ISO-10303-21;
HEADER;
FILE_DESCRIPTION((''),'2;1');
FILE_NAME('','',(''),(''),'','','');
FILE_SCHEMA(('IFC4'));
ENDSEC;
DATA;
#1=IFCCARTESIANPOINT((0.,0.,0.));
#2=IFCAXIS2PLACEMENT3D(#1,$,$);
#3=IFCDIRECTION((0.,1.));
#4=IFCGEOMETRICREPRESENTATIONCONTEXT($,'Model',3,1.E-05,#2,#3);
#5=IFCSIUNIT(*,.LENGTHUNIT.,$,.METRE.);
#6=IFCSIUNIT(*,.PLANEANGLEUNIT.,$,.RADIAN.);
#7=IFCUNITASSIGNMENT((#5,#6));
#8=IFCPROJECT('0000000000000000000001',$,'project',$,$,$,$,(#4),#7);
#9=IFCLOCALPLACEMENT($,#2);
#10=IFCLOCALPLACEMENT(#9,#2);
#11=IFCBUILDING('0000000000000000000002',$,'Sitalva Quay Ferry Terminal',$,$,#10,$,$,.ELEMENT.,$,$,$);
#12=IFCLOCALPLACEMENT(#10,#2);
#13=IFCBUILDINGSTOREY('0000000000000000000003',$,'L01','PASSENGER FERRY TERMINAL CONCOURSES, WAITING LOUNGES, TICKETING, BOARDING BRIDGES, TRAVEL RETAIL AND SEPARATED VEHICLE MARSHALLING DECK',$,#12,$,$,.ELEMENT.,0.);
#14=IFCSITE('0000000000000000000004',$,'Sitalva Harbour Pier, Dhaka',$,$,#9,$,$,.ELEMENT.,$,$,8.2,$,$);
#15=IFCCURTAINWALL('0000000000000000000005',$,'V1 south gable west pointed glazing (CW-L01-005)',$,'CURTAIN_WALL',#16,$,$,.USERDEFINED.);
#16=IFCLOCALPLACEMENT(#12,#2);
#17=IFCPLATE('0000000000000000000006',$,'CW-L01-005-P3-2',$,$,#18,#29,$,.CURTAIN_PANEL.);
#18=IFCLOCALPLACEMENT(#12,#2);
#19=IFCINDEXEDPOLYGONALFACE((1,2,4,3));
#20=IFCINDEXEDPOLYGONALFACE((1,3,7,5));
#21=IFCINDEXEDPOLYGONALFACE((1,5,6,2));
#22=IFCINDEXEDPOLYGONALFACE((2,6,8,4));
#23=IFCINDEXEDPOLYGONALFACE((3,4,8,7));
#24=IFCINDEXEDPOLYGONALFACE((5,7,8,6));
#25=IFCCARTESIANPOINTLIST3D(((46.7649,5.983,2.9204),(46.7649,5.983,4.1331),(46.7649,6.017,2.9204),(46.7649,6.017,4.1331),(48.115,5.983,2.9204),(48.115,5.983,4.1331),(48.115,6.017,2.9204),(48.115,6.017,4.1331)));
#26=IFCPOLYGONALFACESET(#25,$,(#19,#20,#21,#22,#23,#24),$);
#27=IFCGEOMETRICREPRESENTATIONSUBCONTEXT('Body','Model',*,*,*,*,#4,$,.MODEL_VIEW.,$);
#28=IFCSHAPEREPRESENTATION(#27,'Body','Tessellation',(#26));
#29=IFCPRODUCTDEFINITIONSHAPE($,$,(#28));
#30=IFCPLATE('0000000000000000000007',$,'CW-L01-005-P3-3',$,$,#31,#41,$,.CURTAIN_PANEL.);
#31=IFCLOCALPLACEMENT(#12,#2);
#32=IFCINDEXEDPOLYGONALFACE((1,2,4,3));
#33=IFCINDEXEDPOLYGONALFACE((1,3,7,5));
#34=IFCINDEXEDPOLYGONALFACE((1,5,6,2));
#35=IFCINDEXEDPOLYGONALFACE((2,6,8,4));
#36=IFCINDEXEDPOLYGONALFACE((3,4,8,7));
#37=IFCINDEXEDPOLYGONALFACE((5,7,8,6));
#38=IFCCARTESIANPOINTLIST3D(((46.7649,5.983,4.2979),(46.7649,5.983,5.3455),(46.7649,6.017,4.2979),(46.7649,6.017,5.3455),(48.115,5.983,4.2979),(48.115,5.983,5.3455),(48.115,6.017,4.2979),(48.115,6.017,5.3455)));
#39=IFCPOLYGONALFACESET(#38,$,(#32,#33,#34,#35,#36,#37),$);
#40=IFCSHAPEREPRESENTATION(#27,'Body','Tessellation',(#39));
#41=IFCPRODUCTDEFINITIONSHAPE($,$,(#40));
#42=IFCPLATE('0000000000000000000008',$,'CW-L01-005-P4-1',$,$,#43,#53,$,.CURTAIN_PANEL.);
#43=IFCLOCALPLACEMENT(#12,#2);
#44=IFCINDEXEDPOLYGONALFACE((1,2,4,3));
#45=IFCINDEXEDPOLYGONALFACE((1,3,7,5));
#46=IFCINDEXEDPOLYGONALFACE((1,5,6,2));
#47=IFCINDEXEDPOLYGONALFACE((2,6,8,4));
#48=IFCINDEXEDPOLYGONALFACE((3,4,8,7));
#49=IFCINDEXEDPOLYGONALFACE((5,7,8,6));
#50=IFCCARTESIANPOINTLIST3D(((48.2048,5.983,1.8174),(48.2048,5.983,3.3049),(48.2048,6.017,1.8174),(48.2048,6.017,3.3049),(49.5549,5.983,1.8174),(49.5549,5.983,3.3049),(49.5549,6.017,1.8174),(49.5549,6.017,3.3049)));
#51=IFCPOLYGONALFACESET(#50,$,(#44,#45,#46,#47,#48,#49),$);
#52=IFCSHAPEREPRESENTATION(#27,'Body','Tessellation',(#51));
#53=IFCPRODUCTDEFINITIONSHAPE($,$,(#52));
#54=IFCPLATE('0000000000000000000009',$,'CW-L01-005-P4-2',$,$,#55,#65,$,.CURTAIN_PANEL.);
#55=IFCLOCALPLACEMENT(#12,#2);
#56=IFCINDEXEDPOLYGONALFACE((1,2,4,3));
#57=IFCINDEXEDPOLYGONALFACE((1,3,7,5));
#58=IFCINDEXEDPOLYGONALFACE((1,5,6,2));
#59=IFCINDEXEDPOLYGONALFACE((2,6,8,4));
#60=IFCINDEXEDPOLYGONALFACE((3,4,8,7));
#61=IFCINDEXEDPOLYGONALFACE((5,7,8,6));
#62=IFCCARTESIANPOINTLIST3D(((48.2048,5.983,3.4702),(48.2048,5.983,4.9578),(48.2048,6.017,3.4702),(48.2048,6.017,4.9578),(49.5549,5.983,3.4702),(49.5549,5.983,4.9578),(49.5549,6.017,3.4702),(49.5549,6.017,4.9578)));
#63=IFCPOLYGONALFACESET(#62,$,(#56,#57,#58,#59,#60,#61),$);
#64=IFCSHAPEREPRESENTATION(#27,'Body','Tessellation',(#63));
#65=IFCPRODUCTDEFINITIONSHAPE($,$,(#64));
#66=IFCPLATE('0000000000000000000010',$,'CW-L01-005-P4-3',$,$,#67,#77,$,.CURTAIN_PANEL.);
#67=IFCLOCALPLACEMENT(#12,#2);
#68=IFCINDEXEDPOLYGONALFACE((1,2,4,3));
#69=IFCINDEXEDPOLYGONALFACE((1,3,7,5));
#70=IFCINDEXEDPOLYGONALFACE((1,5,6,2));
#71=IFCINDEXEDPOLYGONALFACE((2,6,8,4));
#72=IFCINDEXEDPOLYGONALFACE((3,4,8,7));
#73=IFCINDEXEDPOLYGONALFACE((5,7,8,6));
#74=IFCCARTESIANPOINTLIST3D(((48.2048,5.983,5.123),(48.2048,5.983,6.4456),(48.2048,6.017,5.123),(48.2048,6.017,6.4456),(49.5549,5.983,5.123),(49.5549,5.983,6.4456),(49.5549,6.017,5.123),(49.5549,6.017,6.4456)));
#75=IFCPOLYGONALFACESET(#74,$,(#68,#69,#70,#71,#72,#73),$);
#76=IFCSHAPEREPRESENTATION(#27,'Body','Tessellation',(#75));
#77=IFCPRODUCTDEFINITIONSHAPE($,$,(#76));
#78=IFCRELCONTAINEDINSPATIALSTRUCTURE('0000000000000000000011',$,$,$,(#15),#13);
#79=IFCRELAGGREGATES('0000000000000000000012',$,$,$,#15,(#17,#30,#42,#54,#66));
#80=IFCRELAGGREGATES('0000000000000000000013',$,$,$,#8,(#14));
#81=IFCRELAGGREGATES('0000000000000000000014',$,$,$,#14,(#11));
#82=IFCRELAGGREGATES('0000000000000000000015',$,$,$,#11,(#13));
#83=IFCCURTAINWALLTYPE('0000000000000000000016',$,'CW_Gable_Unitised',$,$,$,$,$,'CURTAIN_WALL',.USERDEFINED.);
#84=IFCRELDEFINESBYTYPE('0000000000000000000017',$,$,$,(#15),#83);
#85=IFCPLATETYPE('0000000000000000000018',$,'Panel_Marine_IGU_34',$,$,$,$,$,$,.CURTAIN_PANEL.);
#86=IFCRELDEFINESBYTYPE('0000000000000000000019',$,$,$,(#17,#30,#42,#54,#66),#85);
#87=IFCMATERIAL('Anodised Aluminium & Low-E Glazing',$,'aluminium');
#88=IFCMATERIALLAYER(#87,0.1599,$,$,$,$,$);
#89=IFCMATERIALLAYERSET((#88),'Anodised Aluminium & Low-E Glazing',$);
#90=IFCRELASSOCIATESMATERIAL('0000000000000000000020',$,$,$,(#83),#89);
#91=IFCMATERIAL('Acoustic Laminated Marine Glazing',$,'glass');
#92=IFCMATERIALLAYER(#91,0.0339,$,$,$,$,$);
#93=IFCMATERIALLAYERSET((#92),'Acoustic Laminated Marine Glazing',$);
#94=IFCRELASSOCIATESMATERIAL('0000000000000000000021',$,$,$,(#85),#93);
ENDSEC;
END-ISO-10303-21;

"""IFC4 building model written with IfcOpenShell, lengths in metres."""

from ifc_helpers import new_model, si_unit, direction, frame, origin, origin_2d, place, context, subcontext, project, spatial, rectangle, extrude, material, layer, layer_set, type_object, element, aggregate, save


model = new_model("IFC4")

# Units and contexts
model_context = context("Model", 3, precision=1e-05, world=origin(), true_north=direction((0.0, 1.0)))
body_context = subcontext(model_context, "Body", "Model", "MODEL_VIEW")
ifc_project = project(units=[si_unit("LENGTHUNIT", "METRE"), si_unit("PLANEANGLEUNIT", "RADIAN")], contexts=[model_context])

# Site, building, storey
site_placement = place(None, origin())
site = spatial("IfcSite", under=ifc_project, at=site_placement, Name="Sitalva Harbour Pier, Dhaka", CompositionType="ELEMENT", RefElevation=8.2)
building_placement = place(site_placement, origin())
building = spatial("IfcBuilding", under=site, at=building_placement, Name="Sitalva Quay Ferry Terminal", CompositionType="ELEMENT")
storey_placement = place(building_placement, origin())
storey = spatial("IfcBuildingStorey", under=building, at=storey_placement, Name="L01", Description="PASSENGER FERRY TERMINAL CONCOURSES, WAITING LOUNGES, TICKETING, BOARDING BRIDGES, TRAVEL RETAIL AND SEPARATED VEHICLE MARSHALLING DECK", CompositionType="ELEMENT", Elevation=0.0)

# Shared definitions
ifc_material_1 = material(Name="Anodised Aluminium & Low-E Glazing", Category="aluminium")
ifc_layer_1 = layer(ifc_material_1, 0.1599)
ifc_layer_set_1 = layer_set([ifc_layer_1], Name="Anodised Aluminium & Low-E Glazing")
curtain_wall_type_1 = type_object("IfcCurtainWallType", Name="CW_Gable_Unitised", ElementType="CURTAIN_WALL", PredefinedType="USERDEFINED", material=ifc_layer_set_1)

# Curtain wall
curtain_wall_1_placement = place(storey_placement, origin())
curtain_wall_1 = element("IfcCurtainWall", 1, at=curtain_wall_1_placement, inside=storey, type_object=curtain_wall_type_1, Name="V1 south gable west pointed glazing (CW-L01-005)", ObjectType="CURTAIN_WALL", PredefinedType="USERDEFINED")

# Plates
ifc_material_2 = material(Name="Acoustic Laminated Marine Glazing", Category="glass")
ifc_layer_2 = layer(ifc_material_2, 0.0339)
ifc_layer_set_2 = layer_set([ifc_layer_2], Name="Acoustic Laminated Marine Glazing")
plate_type = type_object("IfcPlateType", Name="Panel_Marine_IGU_34", PredefinedType="CURTAIN_PANEL", material=ifc_layer_set_2)
plate_1_placement = place(storey_placement, frame((47.4399, 6.0, 2.9204), z_axis=(0.0, 0.0, 1.0), x_axis=(1.0, 0.0, 0.0)))
plate_1 = element("IfcPlate", 2, at=plate_1_placement, type_object=plate_type, Name="CW-L01-005-P3-2", PredefinedType="CURTAIN_PANEL", context=body_context, shape_type="SweptSolid", body=[
    extrude(rectangle(XDim=1.3501, YDim=0.0339, at=origin_2d()), origin(), (0.0, 0.0, 1.0), 1.2126),
])
plate_2_placement = place(storey_placement, frame((47.4399, 6.0, 4.2979), z_axis=(0.0, 0.0, 1.0), x_axis=(1.0, 0.0, 0.0)))
plate_2 = element("IfcPlate", 3, at=plate_2_placement, type_object=plate_type, Name="CW-L01-005-P3-3", PredefinedType="CURTAIN_PANEL", context=body_context, shape_type="SweptSolid", body=[
    extrude(rectangle(XDim=1.3501, YDim=0.0339, at=origin_2d()), origin(), (0.0, 0.0, 1.0), 1.0476),
])
plate_3_placement = place(storey_placement, frame((48.8799, 6.0, 1.8174), z_axis=(0.0, 0.0, 1.0), x_axis=(1.0, 0.0, 0.0)))
plate_3 = element("IfcPlate", 4, at=plate_3_placement, type_object=plate_type, Name="CW-L01-005-P4-1", PredefinedType="CURTAIN_PANEL", context=body_context, shape_type="SweptSolid", body=[
    extrude(rectangle(XDim=1.3501, YDim=0.0339, at=origin_2d()), origin(), (0.0, 0.0, 1.0), 1.4875),
])
plate_4_placement = place(storey_placement, frame((48.8799, 6.0, 3.4702), z_axis=(0.0, 0.0, 1.0), x_axis=(1.0, 0.0, 0.0)))
plate_4 = element("IfcPlate", 5, at=plate_4_placement, type_object=plate_type, Name="CW-L01-005-P4-2", PredefinedType="CURTAIN_PANEL", context=body_context, shape_type="SweptSolid", body=[
    extrude(rectangle(XDim=1.3501, YDim=0.0339, at=origin_2d()), origin(), (0.0, 0.0, 1.0), 1.4875),
])
plate_5_placement = place(storey_placement, frame((48.8799, 6.0, 5.123), z_axis=(0.0, 0.0, 1.0), x_axis=(1.0, 0.0, 0.0)))
plate_5 = element("IfcPlate", 6, at=plate_5_placement, type_object=plate_type, Name="CW-L01-005-P4-3", PredefinedType="CURTAIN_PANEL", context=body_context, shape_type="SweptSolid", body=[
    extrude(rectangle(XDim=1.3501, YDim=0.0339, at=origin_2d()), origin(), (0.0, 0.0, 1.0), 1.3225),
])
aggregate(curtain_wall_1, [plate_1, plate_2, plate_3, plate_4, plate_5])

save(model, "model.ifc")
